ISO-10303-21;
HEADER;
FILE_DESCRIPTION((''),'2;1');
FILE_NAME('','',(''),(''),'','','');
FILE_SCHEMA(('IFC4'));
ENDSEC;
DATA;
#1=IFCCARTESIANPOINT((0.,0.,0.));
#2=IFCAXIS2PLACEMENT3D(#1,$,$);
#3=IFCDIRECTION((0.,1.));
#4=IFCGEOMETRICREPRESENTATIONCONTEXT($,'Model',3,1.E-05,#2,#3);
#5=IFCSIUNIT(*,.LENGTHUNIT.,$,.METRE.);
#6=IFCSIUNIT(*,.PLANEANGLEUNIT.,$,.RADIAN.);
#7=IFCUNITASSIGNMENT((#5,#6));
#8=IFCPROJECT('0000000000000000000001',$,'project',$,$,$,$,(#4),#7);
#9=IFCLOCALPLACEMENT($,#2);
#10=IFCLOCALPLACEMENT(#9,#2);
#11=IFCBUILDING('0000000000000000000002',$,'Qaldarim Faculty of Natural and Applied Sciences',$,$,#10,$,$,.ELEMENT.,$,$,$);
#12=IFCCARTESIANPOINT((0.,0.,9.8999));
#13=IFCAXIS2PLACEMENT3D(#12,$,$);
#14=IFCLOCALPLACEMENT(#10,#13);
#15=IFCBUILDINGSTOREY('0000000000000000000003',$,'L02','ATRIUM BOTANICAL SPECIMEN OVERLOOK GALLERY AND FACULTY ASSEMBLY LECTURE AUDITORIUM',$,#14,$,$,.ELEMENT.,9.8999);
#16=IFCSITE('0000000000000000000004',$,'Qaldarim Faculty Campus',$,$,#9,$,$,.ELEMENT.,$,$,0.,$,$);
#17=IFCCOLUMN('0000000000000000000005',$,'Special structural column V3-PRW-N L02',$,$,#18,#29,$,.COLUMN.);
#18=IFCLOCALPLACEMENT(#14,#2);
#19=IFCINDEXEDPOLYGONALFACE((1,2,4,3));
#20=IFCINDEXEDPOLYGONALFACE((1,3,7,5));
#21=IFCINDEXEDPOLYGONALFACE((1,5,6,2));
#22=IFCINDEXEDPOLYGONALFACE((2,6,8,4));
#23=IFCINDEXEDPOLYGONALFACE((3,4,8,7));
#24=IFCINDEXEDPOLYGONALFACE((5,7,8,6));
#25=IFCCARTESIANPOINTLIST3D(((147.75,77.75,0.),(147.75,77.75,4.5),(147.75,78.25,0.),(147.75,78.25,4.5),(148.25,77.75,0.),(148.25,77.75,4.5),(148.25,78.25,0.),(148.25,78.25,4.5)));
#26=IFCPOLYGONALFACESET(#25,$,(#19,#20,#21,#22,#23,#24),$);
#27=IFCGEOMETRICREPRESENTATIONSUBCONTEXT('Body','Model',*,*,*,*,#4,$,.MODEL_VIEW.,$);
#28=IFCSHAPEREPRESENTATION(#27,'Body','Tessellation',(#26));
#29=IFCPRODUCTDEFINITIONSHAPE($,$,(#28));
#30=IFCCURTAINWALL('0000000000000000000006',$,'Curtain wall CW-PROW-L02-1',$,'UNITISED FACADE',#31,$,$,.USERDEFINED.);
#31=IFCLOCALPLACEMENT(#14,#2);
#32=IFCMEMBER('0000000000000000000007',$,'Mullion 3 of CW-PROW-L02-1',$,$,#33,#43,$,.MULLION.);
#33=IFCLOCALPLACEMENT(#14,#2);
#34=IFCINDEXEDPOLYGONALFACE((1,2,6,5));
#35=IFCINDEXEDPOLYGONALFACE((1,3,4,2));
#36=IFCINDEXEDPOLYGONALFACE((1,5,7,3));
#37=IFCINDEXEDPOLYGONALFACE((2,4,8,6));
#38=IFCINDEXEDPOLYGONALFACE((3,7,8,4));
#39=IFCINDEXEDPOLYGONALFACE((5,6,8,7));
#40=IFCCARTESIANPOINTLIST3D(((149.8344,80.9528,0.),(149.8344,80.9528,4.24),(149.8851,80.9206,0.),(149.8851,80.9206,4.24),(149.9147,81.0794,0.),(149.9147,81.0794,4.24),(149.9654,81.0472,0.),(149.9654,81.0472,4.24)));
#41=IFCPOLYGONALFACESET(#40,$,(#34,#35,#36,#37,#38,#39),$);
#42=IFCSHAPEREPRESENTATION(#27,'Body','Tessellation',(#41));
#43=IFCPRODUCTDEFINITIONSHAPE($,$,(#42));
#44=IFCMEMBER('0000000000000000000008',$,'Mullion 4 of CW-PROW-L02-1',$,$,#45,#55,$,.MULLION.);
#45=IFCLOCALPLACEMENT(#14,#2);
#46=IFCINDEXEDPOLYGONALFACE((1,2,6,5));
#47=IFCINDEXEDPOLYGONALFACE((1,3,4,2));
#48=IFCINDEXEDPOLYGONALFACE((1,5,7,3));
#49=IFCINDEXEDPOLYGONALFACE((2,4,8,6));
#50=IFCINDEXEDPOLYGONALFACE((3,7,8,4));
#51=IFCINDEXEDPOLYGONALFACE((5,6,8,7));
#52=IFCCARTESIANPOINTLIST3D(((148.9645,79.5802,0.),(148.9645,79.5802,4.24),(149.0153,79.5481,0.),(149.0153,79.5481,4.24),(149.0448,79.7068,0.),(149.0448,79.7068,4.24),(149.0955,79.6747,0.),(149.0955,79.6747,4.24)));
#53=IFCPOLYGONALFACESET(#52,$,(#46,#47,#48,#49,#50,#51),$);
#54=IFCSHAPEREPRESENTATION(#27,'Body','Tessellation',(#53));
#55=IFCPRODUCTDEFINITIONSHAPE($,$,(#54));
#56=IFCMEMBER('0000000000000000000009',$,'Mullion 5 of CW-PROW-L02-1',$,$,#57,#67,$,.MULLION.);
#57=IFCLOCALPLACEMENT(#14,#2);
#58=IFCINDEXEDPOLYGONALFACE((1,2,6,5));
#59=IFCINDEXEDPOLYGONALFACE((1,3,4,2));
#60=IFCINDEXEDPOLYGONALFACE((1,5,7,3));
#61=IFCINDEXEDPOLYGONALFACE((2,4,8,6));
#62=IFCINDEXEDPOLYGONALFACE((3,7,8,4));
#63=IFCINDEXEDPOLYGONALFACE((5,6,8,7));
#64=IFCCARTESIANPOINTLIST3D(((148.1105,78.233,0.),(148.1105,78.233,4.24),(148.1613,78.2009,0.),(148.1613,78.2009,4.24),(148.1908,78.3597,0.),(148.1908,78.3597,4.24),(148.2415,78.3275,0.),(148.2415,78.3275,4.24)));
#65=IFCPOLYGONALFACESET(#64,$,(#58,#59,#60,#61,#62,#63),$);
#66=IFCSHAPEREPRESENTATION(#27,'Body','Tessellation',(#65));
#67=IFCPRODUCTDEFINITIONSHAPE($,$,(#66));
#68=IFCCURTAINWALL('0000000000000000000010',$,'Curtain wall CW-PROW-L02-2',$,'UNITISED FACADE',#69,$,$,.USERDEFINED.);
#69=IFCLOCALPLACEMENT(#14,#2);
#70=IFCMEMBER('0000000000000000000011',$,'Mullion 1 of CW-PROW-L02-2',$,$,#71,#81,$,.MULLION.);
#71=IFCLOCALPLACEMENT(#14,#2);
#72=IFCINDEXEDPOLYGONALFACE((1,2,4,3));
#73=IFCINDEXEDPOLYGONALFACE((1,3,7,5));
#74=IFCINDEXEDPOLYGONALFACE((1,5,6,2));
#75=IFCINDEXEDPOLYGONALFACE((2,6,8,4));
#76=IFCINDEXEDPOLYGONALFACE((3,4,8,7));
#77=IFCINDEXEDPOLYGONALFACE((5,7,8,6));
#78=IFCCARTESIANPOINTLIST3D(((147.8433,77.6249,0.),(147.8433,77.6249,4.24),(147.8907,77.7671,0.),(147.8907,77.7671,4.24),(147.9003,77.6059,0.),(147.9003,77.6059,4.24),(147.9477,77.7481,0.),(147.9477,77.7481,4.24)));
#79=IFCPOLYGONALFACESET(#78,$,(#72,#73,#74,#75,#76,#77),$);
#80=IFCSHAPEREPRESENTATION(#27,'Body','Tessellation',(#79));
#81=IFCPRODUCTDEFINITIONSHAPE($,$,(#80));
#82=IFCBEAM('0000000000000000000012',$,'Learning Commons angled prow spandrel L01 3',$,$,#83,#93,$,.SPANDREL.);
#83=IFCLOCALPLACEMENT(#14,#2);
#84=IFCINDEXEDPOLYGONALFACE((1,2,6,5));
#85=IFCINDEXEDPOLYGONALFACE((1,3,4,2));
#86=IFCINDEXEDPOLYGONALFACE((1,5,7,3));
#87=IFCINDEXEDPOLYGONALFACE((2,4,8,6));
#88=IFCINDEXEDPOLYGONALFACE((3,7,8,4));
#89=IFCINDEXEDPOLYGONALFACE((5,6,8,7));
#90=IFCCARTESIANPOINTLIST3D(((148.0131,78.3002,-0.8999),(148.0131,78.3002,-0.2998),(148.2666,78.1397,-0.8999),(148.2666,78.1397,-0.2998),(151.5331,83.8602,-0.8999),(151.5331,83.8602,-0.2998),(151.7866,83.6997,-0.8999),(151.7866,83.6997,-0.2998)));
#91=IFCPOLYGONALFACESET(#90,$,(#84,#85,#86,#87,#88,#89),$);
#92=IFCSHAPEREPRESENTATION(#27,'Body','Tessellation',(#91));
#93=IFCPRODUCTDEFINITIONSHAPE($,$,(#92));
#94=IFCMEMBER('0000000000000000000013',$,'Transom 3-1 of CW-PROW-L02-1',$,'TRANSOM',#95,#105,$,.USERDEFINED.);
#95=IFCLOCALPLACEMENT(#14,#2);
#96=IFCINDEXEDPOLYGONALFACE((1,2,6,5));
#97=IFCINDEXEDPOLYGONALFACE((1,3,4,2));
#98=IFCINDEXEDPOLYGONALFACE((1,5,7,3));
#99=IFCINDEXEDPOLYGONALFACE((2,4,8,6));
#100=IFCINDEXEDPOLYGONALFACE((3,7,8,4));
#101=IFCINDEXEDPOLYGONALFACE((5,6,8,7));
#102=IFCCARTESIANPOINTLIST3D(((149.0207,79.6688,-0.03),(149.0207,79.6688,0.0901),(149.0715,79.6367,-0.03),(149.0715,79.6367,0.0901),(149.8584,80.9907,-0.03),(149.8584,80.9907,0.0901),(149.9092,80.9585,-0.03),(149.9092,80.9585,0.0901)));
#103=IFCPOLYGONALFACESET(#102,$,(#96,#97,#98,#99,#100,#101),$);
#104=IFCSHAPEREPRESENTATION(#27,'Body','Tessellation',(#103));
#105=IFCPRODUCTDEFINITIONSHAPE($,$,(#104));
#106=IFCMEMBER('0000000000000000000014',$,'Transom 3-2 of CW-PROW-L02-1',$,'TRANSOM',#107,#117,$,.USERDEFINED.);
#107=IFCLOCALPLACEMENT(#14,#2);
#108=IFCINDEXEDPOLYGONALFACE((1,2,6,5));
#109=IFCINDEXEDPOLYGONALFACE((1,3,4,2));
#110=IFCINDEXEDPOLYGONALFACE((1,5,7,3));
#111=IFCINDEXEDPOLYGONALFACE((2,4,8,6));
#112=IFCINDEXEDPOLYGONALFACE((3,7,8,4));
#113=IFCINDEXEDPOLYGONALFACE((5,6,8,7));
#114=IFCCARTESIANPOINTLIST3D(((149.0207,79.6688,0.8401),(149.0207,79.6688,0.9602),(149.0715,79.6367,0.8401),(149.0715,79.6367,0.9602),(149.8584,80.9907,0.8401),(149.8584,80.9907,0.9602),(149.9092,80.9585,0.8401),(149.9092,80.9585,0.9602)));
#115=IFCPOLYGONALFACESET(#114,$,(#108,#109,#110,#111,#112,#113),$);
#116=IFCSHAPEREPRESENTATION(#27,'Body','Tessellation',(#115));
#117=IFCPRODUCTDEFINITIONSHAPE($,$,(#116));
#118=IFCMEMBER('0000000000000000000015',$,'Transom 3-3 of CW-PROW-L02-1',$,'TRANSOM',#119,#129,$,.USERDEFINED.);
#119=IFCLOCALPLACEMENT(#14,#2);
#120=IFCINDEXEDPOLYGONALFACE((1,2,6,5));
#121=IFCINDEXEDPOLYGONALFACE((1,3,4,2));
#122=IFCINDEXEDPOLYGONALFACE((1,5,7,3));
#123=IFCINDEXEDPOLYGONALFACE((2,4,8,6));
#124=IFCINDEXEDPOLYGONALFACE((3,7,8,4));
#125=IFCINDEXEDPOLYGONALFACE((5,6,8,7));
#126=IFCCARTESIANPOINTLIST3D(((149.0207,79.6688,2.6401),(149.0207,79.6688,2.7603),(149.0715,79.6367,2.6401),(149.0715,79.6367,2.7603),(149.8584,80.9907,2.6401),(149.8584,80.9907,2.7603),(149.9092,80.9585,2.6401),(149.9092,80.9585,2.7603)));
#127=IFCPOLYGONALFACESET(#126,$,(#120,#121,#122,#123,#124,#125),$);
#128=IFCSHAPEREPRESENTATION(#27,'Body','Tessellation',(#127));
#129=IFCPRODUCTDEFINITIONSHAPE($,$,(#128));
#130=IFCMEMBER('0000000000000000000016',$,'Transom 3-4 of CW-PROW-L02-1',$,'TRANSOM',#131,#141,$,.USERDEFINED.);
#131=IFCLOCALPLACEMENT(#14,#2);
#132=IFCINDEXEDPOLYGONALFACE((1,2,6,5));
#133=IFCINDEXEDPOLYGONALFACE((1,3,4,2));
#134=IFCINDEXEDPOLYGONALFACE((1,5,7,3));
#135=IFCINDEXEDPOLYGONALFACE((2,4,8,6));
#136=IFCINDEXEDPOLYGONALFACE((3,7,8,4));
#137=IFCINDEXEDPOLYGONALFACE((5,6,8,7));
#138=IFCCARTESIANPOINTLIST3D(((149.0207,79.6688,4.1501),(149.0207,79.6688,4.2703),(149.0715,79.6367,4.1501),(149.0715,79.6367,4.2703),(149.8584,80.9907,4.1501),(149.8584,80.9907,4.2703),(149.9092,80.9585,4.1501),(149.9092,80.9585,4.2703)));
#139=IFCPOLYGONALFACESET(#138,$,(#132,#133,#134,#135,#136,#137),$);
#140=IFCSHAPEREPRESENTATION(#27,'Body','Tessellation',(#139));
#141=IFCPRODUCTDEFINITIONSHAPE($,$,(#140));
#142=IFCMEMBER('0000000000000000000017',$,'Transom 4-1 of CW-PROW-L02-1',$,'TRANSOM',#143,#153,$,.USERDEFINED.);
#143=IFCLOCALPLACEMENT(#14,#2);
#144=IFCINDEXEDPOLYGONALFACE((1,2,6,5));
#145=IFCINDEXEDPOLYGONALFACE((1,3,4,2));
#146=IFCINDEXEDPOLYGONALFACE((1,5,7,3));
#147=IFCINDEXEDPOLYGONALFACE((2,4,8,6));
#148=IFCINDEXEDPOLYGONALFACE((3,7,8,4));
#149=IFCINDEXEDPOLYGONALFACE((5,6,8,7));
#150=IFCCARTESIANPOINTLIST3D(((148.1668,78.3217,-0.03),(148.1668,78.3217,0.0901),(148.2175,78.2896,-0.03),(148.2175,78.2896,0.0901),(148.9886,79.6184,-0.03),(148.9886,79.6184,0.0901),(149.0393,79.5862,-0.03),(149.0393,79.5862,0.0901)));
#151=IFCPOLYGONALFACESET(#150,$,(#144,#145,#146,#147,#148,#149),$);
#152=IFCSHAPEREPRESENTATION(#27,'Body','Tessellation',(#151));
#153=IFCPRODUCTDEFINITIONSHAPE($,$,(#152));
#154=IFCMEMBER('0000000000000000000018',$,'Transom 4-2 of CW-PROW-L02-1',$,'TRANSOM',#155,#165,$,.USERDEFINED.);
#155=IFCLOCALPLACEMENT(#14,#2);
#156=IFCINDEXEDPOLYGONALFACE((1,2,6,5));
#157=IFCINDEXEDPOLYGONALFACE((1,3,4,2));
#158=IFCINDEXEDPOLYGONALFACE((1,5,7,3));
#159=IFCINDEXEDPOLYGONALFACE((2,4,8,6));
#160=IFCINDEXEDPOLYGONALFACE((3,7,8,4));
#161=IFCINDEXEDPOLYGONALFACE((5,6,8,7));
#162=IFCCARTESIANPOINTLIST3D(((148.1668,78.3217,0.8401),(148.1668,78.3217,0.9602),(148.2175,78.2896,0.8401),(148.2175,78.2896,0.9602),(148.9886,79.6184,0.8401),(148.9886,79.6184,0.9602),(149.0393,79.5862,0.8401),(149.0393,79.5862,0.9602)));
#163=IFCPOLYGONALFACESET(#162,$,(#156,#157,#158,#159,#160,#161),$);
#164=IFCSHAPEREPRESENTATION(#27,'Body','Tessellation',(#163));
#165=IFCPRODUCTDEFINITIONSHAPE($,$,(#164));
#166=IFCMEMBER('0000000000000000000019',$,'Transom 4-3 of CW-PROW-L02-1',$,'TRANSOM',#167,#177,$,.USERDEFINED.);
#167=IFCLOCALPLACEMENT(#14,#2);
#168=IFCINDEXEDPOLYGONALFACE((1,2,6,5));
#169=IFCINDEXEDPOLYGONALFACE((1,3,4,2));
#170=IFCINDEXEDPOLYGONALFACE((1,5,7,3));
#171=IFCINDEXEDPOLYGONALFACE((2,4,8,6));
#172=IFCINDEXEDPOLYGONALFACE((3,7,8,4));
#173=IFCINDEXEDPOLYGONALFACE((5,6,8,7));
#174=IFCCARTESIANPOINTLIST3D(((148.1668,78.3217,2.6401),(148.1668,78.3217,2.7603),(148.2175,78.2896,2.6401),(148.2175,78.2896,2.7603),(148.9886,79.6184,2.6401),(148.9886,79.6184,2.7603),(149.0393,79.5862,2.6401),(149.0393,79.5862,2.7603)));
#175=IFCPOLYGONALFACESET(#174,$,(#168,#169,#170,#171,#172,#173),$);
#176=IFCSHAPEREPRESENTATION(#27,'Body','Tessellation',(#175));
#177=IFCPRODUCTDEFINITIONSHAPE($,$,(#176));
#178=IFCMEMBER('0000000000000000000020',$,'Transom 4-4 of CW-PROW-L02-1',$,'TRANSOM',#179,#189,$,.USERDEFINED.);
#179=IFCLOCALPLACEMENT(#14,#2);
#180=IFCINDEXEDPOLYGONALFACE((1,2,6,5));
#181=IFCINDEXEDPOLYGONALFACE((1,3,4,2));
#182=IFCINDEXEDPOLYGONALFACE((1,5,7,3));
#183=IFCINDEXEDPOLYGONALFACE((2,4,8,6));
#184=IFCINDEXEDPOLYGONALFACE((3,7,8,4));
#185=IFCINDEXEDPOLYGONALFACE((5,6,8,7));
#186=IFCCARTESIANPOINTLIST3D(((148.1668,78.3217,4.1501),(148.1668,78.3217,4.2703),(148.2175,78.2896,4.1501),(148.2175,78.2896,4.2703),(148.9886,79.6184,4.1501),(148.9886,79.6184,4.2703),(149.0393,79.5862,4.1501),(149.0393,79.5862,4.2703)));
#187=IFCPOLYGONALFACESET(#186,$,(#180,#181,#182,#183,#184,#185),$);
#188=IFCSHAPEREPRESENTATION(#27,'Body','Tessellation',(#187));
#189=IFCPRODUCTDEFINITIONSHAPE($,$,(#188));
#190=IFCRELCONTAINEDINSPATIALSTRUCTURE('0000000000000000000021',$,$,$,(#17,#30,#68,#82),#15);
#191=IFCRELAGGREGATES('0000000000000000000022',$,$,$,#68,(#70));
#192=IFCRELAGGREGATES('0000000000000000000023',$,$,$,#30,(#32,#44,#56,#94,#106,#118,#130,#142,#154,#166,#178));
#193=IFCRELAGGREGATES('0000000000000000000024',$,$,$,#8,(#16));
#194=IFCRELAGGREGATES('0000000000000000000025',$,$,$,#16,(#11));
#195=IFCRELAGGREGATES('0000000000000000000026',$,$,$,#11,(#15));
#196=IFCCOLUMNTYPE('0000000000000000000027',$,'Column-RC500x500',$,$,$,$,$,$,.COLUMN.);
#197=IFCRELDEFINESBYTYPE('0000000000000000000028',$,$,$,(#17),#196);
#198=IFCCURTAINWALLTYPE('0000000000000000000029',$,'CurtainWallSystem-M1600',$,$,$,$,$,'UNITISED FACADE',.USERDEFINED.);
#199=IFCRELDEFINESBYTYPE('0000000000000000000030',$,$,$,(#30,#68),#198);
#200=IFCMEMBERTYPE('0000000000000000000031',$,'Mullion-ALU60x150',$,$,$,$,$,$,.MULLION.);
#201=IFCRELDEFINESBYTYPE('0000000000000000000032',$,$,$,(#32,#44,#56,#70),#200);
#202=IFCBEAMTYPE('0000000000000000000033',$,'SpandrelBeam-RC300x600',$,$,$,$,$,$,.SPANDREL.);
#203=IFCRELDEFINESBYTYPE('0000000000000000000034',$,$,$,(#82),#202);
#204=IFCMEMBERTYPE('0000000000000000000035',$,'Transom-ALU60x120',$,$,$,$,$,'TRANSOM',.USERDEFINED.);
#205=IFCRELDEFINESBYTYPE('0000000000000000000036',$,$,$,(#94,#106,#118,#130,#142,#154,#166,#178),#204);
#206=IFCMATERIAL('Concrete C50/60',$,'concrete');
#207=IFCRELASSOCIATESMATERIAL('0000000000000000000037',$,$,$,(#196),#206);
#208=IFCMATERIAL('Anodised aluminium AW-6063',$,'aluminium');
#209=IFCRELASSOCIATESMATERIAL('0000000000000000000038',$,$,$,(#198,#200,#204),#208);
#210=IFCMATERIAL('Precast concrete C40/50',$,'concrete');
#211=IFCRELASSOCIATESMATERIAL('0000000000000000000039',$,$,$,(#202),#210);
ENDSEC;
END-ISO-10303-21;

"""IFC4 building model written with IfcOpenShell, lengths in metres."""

from ifc_helpers import new_model, si_unit, direction, frame, origin, origin_2d, place, context, subcontext, project, spatial, rectangle, extrude, material, material_profile, profile_set, type_object, element, aggregate, save


model = new_model("IFC4")

# Units and contexts
model_context = context("Model", 3, precision=1e-05, world=origin(), true_north=direction((0.0, 1.0)))
body_context = subcontext(model_context, "Body", "Model", "MODEL_VIEW")
ifc_project = project(units=[si_unit("LENGTHUNIT", "METRE"), si_unit("PLANEANGLEUNIT", "RADIAN")], contexts=[model_context])

# Site, building, storey
site_placement = place(None, origin())
site = spatial("IfcSite", under=ifc_project, at=site_placement, Name="Qaldarim Faculty Campus", CompositionType="ELEMENT", RefElevation=0.0)
building_placement = place(site_placement, origin())
building = spatial("IfcBuilding", under=site, at=building_placement, Name="Qaldarim Faculty of Natural and Applied Sciences", CompositionType="ELEMENT")
storey_placement = place(building_placement, frame((0.0, 0.0, 9.8999)))
storey = spatial("IfcBuildingStorey", under=building, at=storey_placement, Name="L02", Description="ATRIUM BOTANICAL SPECIMEN OVERLOOK GALLERY AND FACULTY ASSEMBLY LECTURE AUDITORIUM", CompositionType="ELEMENT", Elevation=9.8999)

# Column
ifc_material_1 = material(Name="Concrete C50/60", Category="concrete")
ifc_material_profile_1 = material_profile(ifc_material_1, rectangle(XDim=0.5, YDim=0.5, at=origin_2d()), Name="RC-C500x500")
ifc_profile_set_1 = profile_set([ifc_material_profile_1], Name="Concrete C50/60")
column_type = type_object("IfcColumnType", Name="Column-RC500x500", PredefinedType="COLUMN", material=ifc_profile_set_1)
column_placement = place(storey_placement, frame((148.0, 78.0, 0.0), z_axis=(0.0, 0.0, 1.0), x_axis=(1.0, 0.0, 0.0)))
element("IfcColumn", 1, at=column_placement, inside=storey, type_object=column_type, Name="Special structural column V3-PRW-N L02", PredefinedType="COLUMN", context=body_context, shape_type="SweptSolid", body=[
    extrude(rectangle(XDim=0.5, YDim=0.5, at=origin_2d()), origin(), (0.0, 0.0, 1.0), 4.5),
])

# Curtain wall, members
ifc_material_2 = material(Name="Anodised aluminium AW-6063", Category="aluminium")
curtain_wall_type = type_object("IfcCurtainWallType", Name="CurtainWallSystem-M1600", ElementType="UNITISED FACADE", PredefinedType="USERDEFINED", material=ifc_material_2)
curtain_wall_1_placement = place(storey_placement, origin())
curtain_wall_1 = element("IfcCurtainWall", 2, at=curtain_wall_1_placement, inside=storey, type_object=curtain_wall_type, Name="Curtain wall CW-PROW-L02-1", ObjectType="UNITISED FACADE", PredefinedType="USERDEFINED")
ifc_material_profile_2 = material_profile(ifc_material_2, rectangle(XDim=0.0601, YDim=0.1499, at=origin_2d()), Name="ALU-M60x150")
ifc_profile_set_2 = profile_set([ifc_material_profile_2], Name="Anodised aluminium AW-6063")
member_type_1 = type_object("IfcMemberType", Name="Mullion-ALU60x150", PredefinedType="MULLION", material=ifc_profile_set_2)
member_1_placement = place(storey_placement, frame((149.8999, 81.0, 0.0), z_axis=(0.0, 0.0, 1.0), x_axis=(0.844608, -0.535385, 0.0)))
member_1 = element("IfcMember", 3, at=member_1_placement, type_object=member_type_1, Name="Mullion 3 of CW-PROW-L02-1", PredefinedType="MULLION", context=body_context, shape_type="SweptSolid", body=[
    extrude(rectangle(XDim=0.0601, YDim=0.1499, at=origin_2d()), origin(), (0.0, 0.0, 1.0), 4.24),
])
member_2_placement = place(storey_placement, frame((149.03, 79.6274, 0.0), z_axis=(0.0, 0.0, 1.0), x_axis=(0.844608, -0.535385, 0.0)))
member_2 = element("IfcMember", 4, at=member_2_placement, type_object=member_type_1, Name="Mullion 4 of CW-PROW-L02-1", PredefinedType="MULLION", context=body_context, shape_type="SweptSolid", body=[
    extrude(rectangle(XDim=0.0601, YDim=0.1499, at=origin_2d()), origin(), (0.0, 0.0, 1.0), 4.24),
])
member_3_placement = place(storey_placement, frame((148.176, 78.2803, 0.0), z_axis=(0.0, 0.0, 1.0), x_axis=(0.844608, -0.535385, 0.0)))
member_3 = element("IfcMember", 5, at=member_3_placement, type_object=member_type_1, Name="Mullion 5 of CW-PROW-L02-1", PredefinedType="MULLION", context=body_context, shape_type="SweptSolid", body=[
    extrude(rectangle(XDim=0.0601, YDim=0.1499, at=origin_2d()), origin(), (0.0, 0.0, 1.0), 4.24),
])

# Curtain wall, member
curtain_wall_2_placement = place(storey_placement, origin())
curtain_wall_2 = element("IfcCurtainWall", 6, at=curtain_wall_2_placement, inside=storey, type_object=curtain_wall_type, Name="Curtain wall CW-PROW-L02-2", ObjectType="UNITISED FACADE", PredefinedType="USERDEFINED")
member_4_placement = place(storey_placement, frame((147.8955, 77.6865, 0.0), z_axis=(0.0, 0.0, 1.0), x_axis=(0.948683, -0.316229, 0.0)))
member_4 = element("IfcMember", 7, at=member_4_placement, type_object=member_type_1, Name="Mullion 1 of CW-PROW-L02-2", PredefinedType="MULLION", context=body_context, shape_type="SweptSolid", body=[
    extrude(rectangle(XDim=0.0601, YDim=0.1499, at=origin_2d()), origin(), (0.0, 0.0, 1.0), 4.24),
])

# Beam
ifc_material_3 = material(Name="Precast concrete C40/50", Category="concrete")
ifc_material_profile_3 = material_profile(ifc_material_3, rectangle(XDim=0.3, YDim=0.6001, at=origin_2d()), Name="RC-SP300x600")
ifc_profile_set_3 = profile_set([ifc_material_profile_3], Name="Precast concrete C40/50")
beam_type = type_object("IfcBeamType", Name="SpandrelBeam-RC300x600", PredefinedType="SPANDREL", material=ifc_profile_set_3)
beam_placement = place(storey_placement, frame((148.1399, 78.22, -0.5999), z_axis=(0.534906, 0.844912, 0.0), x_axis=(-0.844912, 0.534906, 0.0)))
element("IfcBeam", 8, at=beam_placement, inside=storey, type_object=beam_type, Name="Learning Commons angled prow spandrel L01 3", PredefinedType="SPANDREL", context=body_context, shape_type="SweptSolid", body=[
    extrude(rectangle(XDim=0.3, YDim=0.6001, at=origin_2d()), origin(), (0.0, 0.0, 1.0), 6.5806),
])

# Members
ifc_material_profile_4 = material_profile(ifc_material_2, rectangle(XDim=0.0601, YDim=0.1201, at=origin_2d()), Name="ALU-T60x120")
ifc_profile_set_4 = profile_set([ifc_material_profile_4], Name="Anodised aluminium AW-6063")
member_type_2 = type_object("IfcMemberType", Name="Transom-ALU60x120", ElementType="TRANSOM", PredefinedType="USERDEFINED", material=ifc_profile_set_4)
member_5_placement = place(storey_placement, frame((149.8838, 80.9746, 0.03), z_axis=(-0.53529, -0.844669, 0.0), x_axis=(0.844669, -0.53529, 0.0)))
member_5 = element("IfcMember", 9, at=member_5_placement, type_object=member_type_2, Name="Transom 3-1 of CW-PROW-L02-1", ObjectType="TRANSOM", PredefinedType="USERDEFINED", context=body_context, shape_type="SweptSolid", body=[
    extrude(rectangle(XDim=0.0601, YDim=0.1201, at=origin_2d()), origin(), (0.0, 0.0, 1.0), 1.5649),
])
member_6_placement = place(storey_placement, frame((149.8838, 80.9746, 0.9001), z_axis=(-0.53529, -0.844669, 0.0), x_axis=(0.844669, -0.53529, 0.0)))
member_6 = element("IfcMember", 10, at=member_6_placement, type_object=member_type_2, Name="Transom 3-2 of CW-PROW-L02-1", ObjectType="TRANSOM", PredefinedType="USERDEFINED", context=body_context, shape_type="SweptSolid", body=[
    extrude(rectangle(XDim=0.0601, YDim=0.1201, at=origin_2d()), origin(), (0.0, 0.0, 1.0), 1.5649),
])
member_7_placement = place(storey_placement, frame((149.8838, 80.9746, 2.7002), z_axis=(-0.53529, -0.844669, 0.0), x_axis=(0.844669, -0.53529, 0.0)))
member_7 = element("IfcMember", 11, at=member_7_placement, type_object=member_type_2, Name="Transom 3-3 of CW-PROW-L02-1", ObjectType="TRANSOM", PredefinedType="USERDEFINED", context=body_context, shape_type="SweptSolid", body=[
    extrude(rectangle(XDim=0.0601, YDim=0.1201, at=origin_2d()), origin(), (0.0, 0.0, 1.0), 1.5649),
])
member_8_placement = place(storey_placement, frame((149.8838, 80.9746, 4.2102), z_axis=(-0.53529, -0.844669, 0.0), x_axis=(0.844669, -0.53529, 0.0)))
member_8 = element("IfcMember", 12, at=member_8_placement, type_object=member_type_2, Name="Transom 3-4 of CW-PROW-L02-1", ObjectType="TRANSOM", PredefinedType="USERDEFINED", context=body_context, shape_type="SweptSolid", body=[
    extrude(rectangle(XDim=0.0601, YDim=0.1201, at=origin_2d()), origin(), (0.0, 0.0, 1.0), 1.5649),
])
member_9_placement = place(storey_placement, frame((149.0139, 79.6023, 0.03), z_axis=(-0.535321, -0.844649, 0.0), x_axis=(0.844649, -0.535321, 0.0)))
member_9 = element("IfcMember", 13, at=member_9_placement, type_object=member_type_2, Name="Transom 4-1 of CW-PROW-L02-1", ObjectType="TRANSOM", PredefinedType="USERDEFINED", context=body_context, shape_type="SweptSolid", body=[
    extrude(rectangle(XDim=0.0601, YDim=0.1201, at=origin_2d()), origin(), (0.0, 0.0, 1.0), 1.5352),
])
member_10_placement = place(storey_placement, frame((149.0139, 79.6023, 0.9001), z_axis=(-0.535321, -0.844649, 0.0), x_axis=(0.844649, -0.535321, 0.0)))
member_10 = element("IfcMember", 14, at=member_10_placement, type_object=member_type_2, Name="Transom 4-2 of CW-PROW-L02-1", ObjectType="TRANSOM", PredefinedType="USERDEFINED", context=body_context, shape_type="SweptSolid", body=[
    extrude(rectangle(XDim=0.0601, YDim=0.1201, at=origin_2d()), origin(), (0.0, 0.0, 1.0), 1.5352),
])
member_11_placement = place(storey_placement, frame((149.0139, 79.6023, 2.7002), z_axis=(-0.535321, -0.844649, 0.0), x_axis=(0.844649, -0.535321, 0.0)))
member_11 = element("IfcMember", 15, at=member_11_placement, type_object=member_type_2, Name="Transom 4-3 of CW-PROW-L02-1", ObjectType="TRANSOM", PredefinedType="USERDEFINED", context=body_context, shape_type="SweptSolid", body=[
    extrude(rectangle(XDim=0.0601, YDim=0.1201, at=origin_2d()), origin(), (0.0, 0.0, 1.0), 1.5352),
])
member_12_placement = place(storey_placement, frame((149.0139, 79.6023, 4.2102), z_axis=(-0.535321, -0.844649, 0.0), x_axis=(0.844649, -0.535321, 0.0)))
member_12 = element("IfcMember", 16, at=member_12_placement, type_object=member_type_2, Name="Transom 4-4 of CW-PROW-L02-1", ObjectType="TRANSOM", PredefinedType="USERDEFINED", context=body_context, shape_type="SweptSolid", body=[
    extrude(rectangle(XDim=0.0601, YDim=0.1201, at=origin_2d()), origin(), (0.0, 0.0, 1.0), 1.5352),
])
aggregate(curtain_wall_2, [member_4])

aggregate(curtain_wall_1, [member_1, member_2, member_3, member_5, member_6, member_7, member_8, member_9, member_10, member_11, member_12])

save(model, "model.ifc")
